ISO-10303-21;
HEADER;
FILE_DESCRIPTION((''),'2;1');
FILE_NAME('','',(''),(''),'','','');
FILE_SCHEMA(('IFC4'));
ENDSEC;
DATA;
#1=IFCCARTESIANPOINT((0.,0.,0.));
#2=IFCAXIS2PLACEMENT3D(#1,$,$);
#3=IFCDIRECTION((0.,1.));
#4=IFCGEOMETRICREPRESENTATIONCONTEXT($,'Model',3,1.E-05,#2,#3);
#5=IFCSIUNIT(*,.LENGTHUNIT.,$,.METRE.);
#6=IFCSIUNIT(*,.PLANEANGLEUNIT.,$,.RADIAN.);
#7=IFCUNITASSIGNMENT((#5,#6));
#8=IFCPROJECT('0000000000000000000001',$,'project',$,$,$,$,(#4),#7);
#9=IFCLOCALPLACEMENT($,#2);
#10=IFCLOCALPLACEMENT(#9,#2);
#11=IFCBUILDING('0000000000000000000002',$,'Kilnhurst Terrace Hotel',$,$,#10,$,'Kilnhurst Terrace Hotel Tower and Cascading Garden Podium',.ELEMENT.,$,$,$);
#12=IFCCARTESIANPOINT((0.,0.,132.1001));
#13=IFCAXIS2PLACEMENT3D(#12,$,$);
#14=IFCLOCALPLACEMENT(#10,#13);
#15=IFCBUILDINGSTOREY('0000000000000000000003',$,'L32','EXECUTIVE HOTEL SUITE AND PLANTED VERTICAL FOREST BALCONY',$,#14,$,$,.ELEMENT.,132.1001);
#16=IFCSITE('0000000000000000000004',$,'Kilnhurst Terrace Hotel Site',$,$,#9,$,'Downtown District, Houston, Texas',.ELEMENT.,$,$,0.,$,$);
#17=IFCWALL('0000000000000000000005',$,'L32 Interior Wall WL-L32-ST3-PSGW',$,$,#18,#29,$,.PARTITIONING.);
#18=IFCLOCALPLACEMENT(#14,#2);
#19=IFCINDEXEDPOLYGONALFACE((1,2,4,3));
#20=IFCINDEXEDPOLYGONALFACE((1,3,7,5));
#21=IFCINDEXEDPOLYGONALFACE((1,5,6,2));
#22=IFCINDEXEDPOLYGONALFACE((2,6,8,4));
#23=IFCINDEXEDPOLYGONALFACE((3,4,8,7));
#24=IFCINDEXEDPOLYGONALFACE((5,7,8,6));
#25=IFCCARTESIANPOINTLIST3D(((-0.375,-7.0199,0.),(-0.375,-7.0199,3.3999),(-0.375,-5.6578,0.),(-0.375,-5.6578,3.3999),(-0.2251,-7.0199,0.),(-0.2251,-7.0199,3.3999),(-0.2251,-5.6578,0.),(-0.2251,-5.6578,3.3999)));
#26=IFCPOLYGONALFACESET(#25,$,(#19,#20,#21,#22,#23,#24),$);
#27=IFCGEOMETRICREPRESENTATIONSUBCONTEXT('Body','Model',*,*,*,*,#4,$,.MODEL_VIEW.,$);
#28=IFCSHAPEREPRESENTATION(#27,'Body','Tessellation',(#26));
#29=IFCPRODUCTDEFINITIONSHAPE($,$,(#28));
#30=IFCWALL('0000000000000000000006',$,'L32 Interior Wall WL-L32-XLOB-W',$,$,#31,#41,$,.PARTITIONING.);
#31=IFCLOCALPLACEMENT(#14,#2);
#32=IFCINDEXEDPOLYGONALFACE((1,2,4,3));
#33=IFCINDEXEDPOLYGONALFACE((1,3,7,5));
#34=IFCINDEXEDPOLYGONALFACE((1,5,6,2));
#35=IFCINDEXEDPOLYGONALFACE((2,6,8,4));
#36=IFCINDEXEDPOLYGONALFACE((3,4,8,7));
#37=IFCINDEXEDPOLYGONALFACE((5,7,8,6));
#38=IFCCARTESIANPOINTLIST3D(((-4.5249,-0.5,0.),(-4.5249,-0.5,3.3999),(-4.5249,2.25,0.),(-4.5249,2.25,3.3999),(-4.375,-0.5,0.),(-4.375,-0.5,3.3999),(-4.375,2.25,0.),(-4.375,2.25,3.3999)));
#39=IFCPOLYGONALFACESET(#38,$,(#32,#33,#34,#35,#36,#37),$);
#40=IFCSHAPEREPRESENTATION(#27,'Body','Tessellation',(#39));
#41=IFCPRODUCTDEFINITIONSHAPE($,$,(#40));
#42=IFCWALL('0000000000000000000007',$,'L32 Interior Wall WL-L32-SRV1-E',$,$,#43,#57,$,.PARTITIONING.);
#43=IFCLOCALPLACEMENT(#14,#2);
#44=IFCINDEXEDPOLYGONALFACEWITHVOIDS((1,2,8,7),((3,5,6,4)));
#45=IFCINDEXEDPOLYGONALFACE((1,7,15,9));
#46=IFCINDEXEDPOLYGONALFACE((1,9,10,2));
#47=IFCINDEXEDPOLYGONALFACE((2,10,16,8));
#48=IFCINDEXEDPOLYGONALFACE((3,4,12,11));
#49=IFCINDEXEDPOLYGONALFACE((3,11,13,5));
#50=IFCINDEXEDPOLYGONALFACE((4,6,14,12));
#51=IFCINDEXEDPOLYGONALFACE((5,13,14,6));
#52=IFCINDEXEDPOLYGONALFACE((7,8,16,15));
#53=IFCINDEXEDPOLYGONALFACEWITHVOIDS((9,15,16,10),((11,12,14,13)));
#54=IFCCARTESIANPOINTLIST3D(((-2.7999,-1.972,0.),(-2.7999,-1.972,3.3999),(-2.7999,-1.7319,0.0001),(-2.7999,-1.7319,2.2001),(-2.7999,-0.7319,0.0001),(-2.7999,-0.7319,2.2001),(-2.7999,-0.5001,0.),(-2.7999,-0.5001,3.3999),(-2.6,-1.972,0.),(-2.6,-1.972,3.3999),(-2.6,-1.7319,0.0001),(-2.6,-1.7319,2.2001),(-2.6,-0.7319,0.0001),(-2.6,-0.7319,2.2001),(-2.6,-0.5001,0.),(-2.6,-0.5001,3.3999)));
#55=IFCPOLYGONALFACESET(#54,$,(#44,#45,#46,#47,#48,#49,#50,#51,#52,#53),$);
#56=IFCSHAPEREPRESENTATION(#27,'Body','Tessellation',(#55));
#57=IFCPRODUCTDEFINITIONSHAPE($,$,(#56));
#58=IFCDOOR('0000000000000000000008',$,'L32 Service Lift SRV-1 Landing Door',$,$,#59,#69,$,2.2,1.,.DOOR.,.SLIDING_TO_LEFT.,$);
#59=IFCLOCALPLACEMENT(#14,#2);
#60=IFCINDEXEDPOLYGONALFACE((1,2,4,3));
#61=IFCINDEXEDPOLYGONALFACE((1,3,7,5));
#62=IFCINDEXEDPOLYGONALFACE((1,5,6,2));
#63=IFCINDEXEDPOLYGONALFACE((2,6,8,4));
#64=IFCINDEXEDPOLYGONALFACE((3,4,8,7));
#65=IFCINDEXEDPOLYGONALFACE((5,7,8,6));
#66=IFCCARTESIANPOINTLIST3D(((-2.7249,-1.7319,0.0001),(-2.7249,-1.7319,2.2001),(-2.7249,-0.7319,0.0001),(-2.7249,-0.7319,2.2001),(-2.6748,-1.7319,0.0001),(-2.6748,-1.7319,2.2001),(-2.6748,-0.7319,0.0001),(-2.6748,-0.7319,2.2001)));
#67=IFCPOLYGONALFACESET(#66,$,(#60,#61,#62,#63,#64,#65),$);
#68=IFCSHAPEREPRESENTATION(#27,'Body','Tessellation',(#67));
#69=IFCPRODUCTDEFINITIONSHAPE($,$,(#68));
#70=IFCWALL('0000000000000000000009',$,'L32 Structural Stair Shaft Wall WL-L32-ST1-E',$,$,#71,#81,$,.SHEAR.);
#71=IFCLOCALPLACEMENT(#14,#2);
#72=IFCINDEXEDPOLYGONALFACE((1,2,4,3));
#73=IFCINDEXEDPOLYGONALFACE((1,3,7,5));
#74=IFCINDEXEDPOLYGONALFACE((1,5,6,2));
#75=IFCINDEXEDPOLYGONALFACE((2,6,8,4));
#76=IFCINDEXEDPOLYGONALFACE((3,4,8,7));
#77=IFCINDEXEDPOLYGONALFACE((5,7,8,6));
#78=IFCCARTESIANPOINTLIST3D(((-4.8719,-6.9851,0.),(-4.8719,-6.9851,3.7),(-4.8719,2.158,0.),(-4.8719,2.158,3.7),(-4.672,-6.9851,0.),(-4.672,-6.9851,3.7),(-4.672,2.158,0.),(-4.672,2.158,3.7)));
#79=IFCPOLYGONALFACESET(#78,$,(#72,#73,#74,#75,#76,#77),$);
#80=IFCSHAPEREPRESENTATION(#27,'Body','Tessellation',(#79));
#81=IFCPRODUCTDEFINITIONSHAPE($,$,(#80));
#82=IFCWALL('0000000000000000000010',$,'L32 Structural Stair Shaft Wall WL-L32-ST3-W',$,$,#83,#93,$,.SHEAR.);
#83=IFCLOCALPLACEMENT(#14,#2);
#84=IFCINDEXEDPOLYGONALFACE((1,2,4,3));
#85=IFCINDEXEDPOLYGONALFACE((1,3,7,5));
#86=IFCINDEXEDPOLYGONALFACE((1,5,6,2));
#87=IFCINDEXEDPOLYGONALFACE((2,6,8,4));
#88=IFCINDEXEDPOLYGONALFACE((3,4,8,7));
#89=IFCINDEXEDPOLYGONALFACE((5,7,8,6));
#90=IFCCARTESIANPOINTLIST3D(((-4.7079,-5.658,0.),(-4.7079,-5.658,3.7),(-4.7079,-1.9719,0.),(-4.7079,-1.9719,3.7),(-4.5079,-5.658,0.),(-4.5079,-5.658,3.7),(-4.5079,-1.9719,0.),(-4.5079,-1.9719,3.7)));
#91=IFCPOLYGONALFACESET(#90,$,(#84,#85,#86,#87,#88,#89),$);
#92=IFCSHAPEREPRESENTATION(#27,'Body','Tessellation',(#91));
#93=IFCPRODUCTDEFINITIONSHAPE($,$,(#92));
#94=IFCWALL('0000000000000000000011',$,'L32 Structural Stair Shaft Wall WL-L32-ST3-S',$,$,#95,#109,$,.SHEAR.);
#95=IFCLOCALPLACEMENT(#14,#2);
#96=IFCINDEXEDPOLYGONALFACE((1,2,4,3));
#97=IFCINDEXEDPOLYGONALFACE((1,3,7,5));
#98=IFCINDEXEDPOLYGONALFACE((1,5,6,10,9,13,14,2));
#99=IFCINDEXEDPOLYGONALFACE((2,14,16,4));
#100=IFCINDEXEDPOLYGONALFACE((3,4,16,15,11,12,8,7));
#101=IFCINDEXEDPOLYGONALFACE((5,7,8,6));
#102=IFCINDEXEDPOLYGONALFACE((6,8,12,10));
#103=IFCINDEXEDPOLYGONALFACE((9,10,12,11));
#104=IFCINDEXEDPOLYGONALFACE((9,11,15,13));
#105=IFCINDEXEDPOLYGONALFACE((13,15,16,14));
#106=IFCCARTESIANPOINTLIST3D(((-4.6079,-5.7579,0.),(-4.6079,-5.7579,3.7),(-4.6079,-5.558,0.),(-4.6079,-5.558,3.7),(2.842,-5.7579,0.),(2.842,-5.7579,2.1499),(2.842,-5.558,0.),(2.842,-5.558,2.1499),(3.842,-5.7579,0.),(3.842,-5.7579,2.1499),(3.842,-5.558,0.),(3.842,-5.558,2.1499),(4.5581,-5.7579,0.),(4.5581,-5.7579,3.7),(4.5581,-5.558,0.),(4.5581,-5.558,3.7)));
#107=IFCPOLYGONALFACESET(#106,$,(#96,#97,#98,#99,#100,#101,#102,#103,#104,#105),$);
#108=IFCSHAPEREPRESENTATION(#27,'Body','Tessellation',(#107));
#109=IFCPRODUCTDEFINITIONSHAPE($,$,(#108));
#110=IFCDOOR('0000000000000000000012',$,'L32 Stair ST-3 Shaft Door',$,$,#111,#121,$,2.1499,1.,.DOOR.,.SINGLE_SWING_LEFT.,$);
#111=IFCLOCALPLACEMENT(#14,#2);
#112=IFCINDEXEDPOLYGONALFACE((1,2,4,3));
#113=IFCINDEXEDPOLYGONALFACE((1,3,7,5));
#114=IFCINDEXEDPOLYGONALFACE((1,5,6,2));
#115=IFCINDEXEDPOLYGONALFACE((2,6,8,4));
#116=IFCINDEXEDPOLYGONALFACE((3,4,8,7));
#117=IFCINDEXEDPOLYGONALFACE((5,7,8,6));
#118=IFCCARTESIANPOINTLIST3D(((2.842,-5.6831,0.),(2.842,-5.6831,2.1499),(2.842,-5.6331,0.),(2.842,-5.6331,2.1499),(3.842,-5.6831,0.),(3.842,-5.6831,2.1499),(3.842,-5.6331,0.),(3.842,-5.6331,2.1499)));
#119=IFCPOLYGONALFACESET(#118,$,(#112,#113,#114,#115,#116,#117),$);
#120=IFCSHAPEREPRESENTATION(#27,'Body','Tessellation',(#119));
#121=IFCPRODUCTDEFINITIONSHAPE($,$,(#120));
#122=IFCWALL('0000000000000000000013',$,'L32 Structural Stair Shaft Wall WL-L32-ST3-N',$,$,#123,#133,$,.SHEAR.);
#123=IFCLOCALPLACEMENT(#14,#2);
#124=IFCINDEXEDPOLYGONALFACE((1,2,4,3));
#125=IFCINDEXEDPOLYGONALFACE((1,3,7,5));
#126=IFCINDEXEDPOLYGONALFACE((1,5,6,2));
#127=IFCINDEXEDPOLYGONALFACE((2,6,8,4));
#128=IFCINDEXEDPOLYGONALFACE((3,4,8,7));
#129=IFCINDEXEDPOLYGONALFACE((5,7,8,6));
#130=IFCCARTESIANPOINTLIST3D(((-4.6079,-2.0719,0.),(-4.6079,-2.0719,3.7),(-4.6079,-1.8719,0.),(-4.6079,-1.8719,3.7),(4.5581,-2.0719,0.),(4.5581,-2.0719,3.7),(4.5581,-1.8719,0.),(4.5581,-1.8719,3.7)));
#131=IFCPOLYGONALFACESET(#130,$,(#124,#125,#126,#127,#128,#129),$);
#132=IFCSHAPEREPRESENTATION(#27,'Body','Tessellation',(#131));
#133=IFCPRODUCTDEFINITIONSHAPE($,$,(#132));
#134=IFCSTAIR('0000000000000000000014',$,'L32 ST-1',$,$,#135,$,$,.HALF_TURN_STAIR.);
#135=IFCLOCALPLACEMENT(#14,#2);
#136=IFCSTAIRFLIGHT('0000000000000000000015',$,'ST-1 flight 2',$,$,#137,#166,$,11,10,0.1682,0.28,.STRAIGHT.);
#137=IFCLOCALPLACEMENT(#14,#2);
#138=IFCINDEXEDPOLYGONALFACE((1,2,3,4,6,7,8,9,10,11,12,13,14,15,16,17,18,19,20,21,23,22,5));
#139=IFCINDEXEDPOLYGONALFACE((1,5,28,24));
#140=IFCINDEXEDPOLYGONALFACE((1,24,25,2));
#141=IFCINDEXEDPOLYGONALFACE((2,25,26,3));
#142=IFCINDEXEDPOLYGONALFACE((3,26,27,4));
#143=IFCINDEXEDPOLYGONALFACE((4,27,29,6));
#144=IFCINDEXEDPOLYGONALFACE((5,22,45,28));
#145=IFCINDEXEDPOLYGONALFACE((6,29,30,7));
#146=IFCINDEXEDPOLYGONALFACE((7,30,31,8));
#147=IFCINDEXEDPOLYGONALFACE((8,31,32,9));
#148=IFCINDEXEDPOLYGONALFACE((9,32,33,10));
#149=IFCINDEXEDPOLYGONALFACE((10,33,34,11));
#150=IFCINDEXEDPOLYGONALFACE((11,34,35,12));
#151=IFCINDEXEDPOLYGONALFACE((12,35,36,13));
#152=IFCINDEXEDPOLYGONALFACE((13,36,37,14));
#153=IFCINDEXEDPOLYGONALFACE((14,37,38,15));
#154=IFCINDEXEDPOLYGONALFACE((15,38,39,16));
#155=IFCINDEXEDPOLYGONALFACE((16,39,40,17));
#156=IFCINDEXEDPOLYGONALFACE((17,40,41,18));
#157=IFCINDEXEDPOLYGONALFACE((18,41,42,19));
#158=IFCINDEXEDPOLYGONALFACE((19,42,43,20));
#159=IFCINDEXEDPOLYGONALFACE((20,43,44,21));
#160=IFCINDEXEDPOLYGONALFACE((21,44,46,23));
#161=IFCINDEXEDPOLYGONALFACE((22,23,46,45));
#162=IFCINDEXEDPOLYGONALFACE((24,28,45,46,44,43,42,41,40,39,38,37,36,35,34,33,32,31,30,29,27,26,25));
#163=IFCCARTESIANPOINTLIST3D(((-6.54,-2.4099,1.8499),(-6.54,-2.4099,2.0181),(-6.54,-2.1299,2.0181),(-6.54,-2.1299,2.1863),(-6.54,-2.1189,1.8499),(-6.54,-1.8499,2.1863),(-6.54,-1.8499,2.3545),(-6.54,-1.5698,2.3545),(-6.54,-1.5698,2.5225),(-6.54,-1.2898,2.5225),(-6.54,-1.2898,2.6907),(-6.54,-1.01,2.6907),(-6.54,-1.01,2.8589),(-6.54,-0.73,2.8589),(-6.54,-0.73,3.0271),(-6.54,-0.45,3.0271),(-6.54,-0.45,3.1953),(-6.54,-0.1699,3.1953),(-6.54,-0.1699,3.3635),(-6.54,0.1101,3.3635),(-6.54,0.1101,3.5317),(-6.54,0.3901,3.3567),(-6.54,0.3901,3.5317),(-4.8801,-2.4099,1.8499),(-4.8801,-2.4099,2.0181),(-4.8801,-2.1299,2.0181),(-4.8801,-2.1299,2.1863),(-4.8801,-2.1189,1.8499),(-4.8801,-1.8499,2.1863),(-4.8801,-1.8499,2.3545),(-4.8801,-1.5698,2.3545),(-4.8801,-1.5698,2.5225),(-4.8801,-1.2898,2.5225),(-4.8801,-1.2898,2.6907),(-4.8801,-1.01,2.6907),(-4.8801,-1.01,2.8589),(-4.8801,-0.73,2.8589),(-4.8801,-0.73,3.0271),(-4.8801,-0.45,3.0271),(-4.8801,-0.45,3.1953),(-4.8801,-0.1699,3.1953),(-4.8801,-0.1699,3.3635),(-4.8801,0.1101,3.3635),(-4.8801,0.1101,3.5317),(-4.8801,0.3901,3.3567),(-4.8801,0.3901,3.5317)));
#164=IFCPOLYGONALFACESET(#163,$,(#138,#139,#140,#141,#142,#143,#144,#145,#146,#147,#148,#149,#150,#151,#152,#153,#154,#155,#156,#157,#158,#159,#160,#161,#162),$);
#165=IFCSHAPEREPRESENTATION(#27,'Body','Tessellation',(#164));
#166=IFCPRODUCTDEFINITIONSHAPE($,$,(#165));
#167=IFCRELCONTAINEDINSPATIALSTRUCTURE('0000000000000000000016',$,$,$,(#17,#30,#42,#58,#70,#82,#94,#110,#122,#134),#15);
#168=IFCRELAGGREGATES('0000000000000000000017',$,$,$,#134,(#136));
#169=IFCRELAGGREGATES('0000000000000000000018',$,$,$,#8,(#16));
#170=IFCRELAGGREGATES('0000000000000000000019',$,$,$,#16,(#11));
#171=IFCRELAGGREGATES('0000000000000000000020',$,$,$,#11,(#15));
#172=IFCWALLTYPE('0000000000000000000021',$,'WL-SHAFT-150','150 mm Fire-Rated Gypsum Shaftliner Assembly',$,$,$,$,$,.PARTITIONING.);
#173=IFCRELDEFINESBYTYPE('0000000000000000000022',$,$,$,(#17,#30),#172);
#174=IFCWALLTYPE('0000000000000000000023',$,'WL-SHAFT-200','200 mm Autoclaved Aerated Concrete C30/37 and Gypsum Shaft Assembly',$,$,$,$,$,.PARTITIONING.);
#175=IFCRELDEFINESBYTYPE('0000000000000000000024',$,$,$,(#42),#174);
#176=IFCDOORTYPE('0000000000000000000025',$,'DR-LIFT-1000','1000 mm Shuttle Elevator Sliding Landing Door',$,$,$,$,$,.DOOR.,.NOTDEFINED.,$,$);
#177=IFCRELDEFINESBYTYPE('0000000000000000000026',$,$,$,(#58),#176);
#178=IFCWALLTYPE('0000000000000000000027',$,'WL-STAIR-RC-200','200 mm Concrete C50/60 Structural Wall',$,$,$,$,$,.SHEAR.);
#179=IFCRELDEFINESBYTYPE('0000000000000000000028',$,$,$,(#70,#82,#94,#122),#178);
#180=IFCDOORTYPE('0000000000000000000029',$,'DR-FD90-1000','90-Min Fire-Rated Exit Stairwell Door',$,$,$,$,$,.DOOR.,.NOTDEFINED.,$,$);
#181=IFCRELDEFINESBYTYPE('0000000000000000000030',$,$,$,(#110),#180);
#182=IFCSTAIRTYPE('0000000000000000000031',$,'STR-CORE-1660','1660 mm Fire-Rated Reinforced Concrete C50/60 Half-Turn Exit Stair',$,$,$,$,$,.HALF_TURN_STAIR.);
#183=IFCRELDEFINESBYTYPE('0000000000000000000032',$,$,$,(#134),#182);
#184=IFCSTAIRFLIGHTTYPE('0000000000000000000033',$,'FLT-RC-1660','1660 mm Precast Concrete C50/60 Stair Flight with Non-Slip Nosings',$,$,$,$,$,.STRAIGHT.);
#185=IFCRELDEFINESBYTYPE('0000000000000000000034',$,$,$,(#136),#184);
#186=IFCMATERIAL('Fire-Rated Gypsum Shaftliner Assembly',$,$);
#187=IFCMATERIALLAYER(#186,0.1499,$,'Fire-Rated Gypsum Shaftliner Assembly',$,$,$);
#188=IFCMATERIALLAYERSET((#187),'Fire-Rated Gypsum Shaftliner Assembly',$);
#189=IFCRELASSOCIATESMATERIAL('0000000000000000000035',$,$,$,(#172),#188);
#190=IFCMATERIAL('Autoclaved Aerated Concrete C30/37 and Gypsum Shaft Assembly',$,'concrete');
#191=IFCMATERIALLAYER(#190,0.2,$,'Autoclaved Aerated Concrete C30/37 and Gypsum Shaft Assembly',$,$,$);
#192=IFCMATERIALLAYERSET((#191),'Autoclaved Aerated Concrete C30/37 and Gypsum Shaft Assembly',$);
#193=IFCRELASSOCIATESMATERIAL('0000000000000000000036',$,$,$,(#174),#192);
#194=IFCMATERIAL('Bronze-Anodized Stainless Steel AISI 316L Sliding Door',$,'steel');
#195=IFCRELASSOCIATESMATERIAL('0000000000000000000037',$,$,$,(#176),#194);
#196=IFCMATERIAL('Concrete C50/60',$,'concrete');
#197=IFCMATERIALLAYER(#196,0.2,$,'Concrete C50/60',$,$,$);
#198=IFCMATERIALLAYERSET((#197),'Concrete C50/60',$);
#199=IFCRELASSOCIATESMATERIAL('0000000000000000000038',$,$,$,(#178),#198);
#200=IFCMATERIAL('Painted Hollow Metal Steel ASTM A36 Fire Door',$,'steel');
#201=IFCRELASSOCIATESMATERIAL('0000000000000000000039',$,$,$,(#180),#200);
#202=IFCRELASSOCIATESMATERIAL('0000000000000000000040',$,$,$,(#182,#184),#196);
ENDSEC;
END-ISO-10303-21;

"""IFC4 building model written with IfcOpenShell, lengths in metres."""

from ifc_helpers import new_model, si_unit, direction, frame, frame_2d, origin, place, context, subcontext, project, spatial, polyline, rectangle, outline, extrude, material, layer, layer_set, type_object, element, fill, aggregate, save


model = new_model("IFC4")

# Units and contexts
model_context = context("Model", 3, precision=1e-05, world=origin(), true_north=direction((0.0, 1.0)))
body_context = subcontext(model_context, "Body", "Model", "MODEL_VIEW")
ifc_project = project(units=[si_unit("LENGTHUNIT", "METRE"), si_unit("PLANEANGLEUNIT", "RADIAN")], contexts=[model_context])

# Site, building, storey
site_placement = place(None, origin())
site = spatial("IfcSite", under=ifc_project, at=site_placement, Name="Kilnhurst Terrace Hotel Site", LongName="Downtown District, Houston, Texas", CompositionType="ELEMENT", RefElevation=0.0)
building_placement = place(site_placement, origin())
building = spatial("IfcBuilding", under=site, at=building_placement, Name="Kilnhurst Terrace Hotel", LongName="Kilnhurst Terrace Hotel Tower and Cascading Garden Podium", CompositionType="ELEMENT")
storey_placement = place(building_placement, frame((0.0, 0.0, 132.1001)))
storey = spatial("IfcBuildingStorey", under=building, at=storey_placement, Name="L32", Description="EXECUTIVE HOTEL SUITE AND PLANTED VERTICAL FOREST BALCONY", CompositionType="ELEMENT", Elevation=132.1001)

# Walls
ifc_material_1 = material(Name="Fire-Rated Gypsum Shaftliner Assembly")
ifc_layer_1 = layer(ifc_material_1, 0.1499, Name="Fire-Rated Gypsum Shaftliner Assembly")
ifc_layer_set_1 = layer_set([ifc_layer_1], Name="Fire-Rated Gypsum Shaftliner Assembly")
wall_type_1 = type_object("IfcWallType", Name="WL-SHAFT-150", Description="150 mm Fire-Rated Gypsum Shaftliner Assembly", PredefinedType="PARTITIONING", material=ifc_layer_set_1)
wall_1_placement = place(storey_placement, frame((-0.3, -7.02, 0.0), z_axis=(0.0, 0.0, 1.0), x_axis=(0.0, 1.0, 0.0)))
element("IfcWall", 1, at=wall_1_placement, inside=storey, type_object=wall_type_1, Name="L32 Interior Wall WL-L32-ST3-PSGW", PredefinedType="PARTITIONING", context=body_context, shape_type="SweptSolid", body=[
    extrude(rectangle(XDim=1.3621, YDim=0.1499, at=frame_2d((0.6812, 0.0))), origin(), (0.0, 0.0, 1.0), 3.3999),
])
wall_2_placement = place(storey_placement, frame((-4.45, -0.5, 0.0), z_axis=(0.0, 0.0, 1.0), x_axis=(0.0, 1.0, 0.0)))
element("IfcWall", 2, at=wall_2_placement, inside=storey, type_object=wall_type_1, Name="L32 Interior Wall WL-L32-XLOB-W", PredefinedType="PARTITIONING", context=body_context, shape_type="SweptSolid", body=[
    extrude(rectangle(XDim=2.75, YDim=0.1499, at=frame_2d((1.375, 0.0))), origin(), (0.0, 0.0, 1.0), 3.3999),
])

# Wall, opening, door
ifc_material_2 = material(Name="Autoclaved Aerated Concrete C30/37 and Gypsum Shaft Assembly", Category="concrete")
ifc_layer_2 = layer(ifc_material_2, 0.2, Name="Autoclaved Aerated Concrete C30/37 and Gypsum Shaft Assembly")
ifc_layer_set_2 = layer_set([ifc_layer_2], Name="Autoclaved Aerated Concrete C30/37 and Gypsum Shaft Assembly")
wall_type_2 = type_object("IfcWallType", Name="WL-SHAFT-200", Description="200 mm Autoclaved Aerated Concrete C30/37 and Gypsum Shaft Assembly", PredefinedType="PARTITIONING", material=ifc_layer_set_2)
wall_3_placement = place(storey_placement, frame((-2.7, -1.9719, 0.0), z_axis=(0.0, 0.0, 1.0), x_axis=(0.0, 1.0, 0.0)))
wall_3 = element("IfcWall", 3, at=wall_3_placement, inside=storey, type_object=wall_type_2, Name="L32 Interior Wall WL-L32-SRV1-E", PredefinedType="PARTITIONING", context=body_context, shape_type="SweptSolid", body=[
    extrude(rectangle(XDim=1.4719, YDim=0.2, at=frame_2d((0.7358, 0.0))), origin(), (0.0, 0.0, 1.0), 3.3999),
])
opening_1_placement = place(wall_3_placement, frame((0.24, 0.0, 0.0)))
opening_1 = element("IfcOpeningElement", 4, at=opening_1_placement, cuts=wall_3, PredefinedType="OPENING", context=body_context, shape_type="SweptSolid", body=[
    extrude(rectangle(XDim=1.0, YDim=2.2, at=frame_2d((0.5, 1.1001))), frame((0.0, 0.1099, 0.0), z_axis=(0.0, -1.0, 0.0), x_axis=(1.0, 0.0, 0.0)), (0.0, 0.0, 1.0), 0.22),
])
ifc_material_3 = material(Name="Bronze-Anodized Stainless Steel AISI 316L Sliding Door", Category="steel")
door_type_1 = type_object("IfcDoorType", Name="DR-LIFT-1000", Description="1000 mm Shuttle Elevator Sliding Landing Door", OperationType="NOTDEFINED", PredefinedType="DOOR", material=ifc_material_3)
door_1_placement = place(opening_1_placement, origin())
door_1 = element("IfcDoor", 5, at=door_1_placement, inside=storey, type_object=door_type_1, Name="L32 Service Lift SRV-1 Landing Door", OperationType="SLIDING_TO_LEFT", OverallHeight=2.2, OverallWidth=1.0, PredefinedType="DOOR", context=body_context, shape_type="SweptSolid", body=[
    extrude(rectangle(XDim=1.0, YDim=2.2, at=frame_2d((0.5, 1.1001))), frame((0.0, 0.0249, 0.0), z_axis=(0.0, -1.0, 0.0), x_axis=(1.0, 0.0, 0.0)), (0.0, 0.0, 1.0), 0.05),
])
fill(opening_1, door_1)

# Walls
ifc_material_4 = material(Name="Concrete C50/60", Category="concrete")
ifc_layer_3 = layer(ifc_material_4, 0.2, Name="Concrete C50/60")
ifc_layer_set_3 = layer_set([ifc_layer_3], Name="Concrete C50/60")
wall_type_3 = type_object("IfcWallType", Name="WL-STAIR-RC-200", Description="200 mm Concrete C50/60 Structural Wall", PredefinedType="SHEAR", material=ifc_layer_set_3)
wall_4_placement = place(storey_placement, frame((-4.772, -6.9851, 0.0), z_axis=(0.0, 0.0, 1.0), x_axis=(0.0, 1.0, 0.0)))
element("IfcWall", 6, at=wall_4_placement, inside=storey, type_object=wall_type_3, Name="L32 Structural Stair Shaft Wall WL-L32-ST1-E", PredefinedType="SHEAR", context=body_context, shape_type="SweptSolid", body=[
    extrude(rectangle(XDim=9.1431, YDim=0.2, at=frame_2d((4.5715, 0.0))), origin(), (0.0, 0.0, 1.0), 3.7),
])
wall_5_placement = place(storey_placement, frame((-4.6079, -5.658, 0.0), z_axis=(0.0, 0.0, 1.0), x_axis=(0.0, 1.0, 0.0)))
element("IfcWall", 7, at=wall_5_placement, inside=storey, type_object=wall_type_3, Name="L32 Structural Stair Shaft Wall WL-L32-ST3-W", PredefinedType="SHEAR", context=body_context, shape_type="SweptSolid", body=[
    extrude(rectangle(XDim=3.686, YDim=0.2, at=frame_2d((1.843, 0.0))), origin(), (0.0, 0.0, 1.0), 3.7),
])

# Wall, opening, door
wall_6_placement = place(storey_placement, frame((-4.6079, -5.658, 0.0), z_axis=(0.0, 0.0, 1.0), x_axis=(1.0, 0.0, 0.0)))
wall_6 = element("IfcWall", 8, at=wall_6_placement, inside=storey, type_object=wall_type_3, Name="L32 Structural Stair Shaft Wall WL-L32-ST3-S", PredefinedType="SHEAR", context=body_context, shape_type="SweptSolid", body=[
    extrude(rectangle(XDim=9.166, YDim=0.2, at=frame_2d((4.583, 0.0))), origin(), (0.0, 0.0, 1.0), 3.7),
])
opening_2_placement = place(wall_6_placement, frame((7.45, 0.0, 0.0)))
opening_2 = element("IfcOpeningElement", 9, at=opening_2_placement, cuts=wall_6, PredefinedType="OPENING", context=body_context, shape_type="SweptSolid", body=[
    extrude(rectangle(XDim=1.0, YDim=2.1499, at=frame_2d((0.5, 1.075))), frame((0.0, 0.1099, 0.0), z_axis=(0.0, -1.0, 0.0), x_axis=(1.0, 0.0, 0.0)), (0.0, 0.0, 1.0), 0.22),
])
ifc_material_5 = material(Name="Painted Hollow Metal Steel ASTM A36 Fire Door", Category="steel")
door_type_2 = type_object("IfcDoorType", Name="DR-FD90-1000", Description="90-Min Fire-Rated Exit Stairwell Door", OperationType="NOTDEFINED", PredefinedType="DOOR", material=ifc_material_5)
door_2_placement = place(opening_2_placement, origin())
door_2 = element("IfcDoor", 10, at=door_2_placement, inside=storey, type_object=door_type_2, Name="L32 Stair ST-3 Shaft Door", OperationType="SINGLE_SWING_LEFT", OverallHeight=2.1499, OverallWidth=1.0, PredefinedType="DOOR", context=body_context, shape_type="SweptSolid", body=[
    extrude(rectangle(XDim=1.0, YDim=2.1499, at=frame_2d((0.5, 1.075))), frame((0.0, 0.0249, 0.0), z_axis=(0.0, -1.0, 0.0), x_axis=(1.0, 0.0, 0.0)), (0.0, 0.0, 1.0), 0.05),
])
fill(opening_2, door_2)

# Wall
wall_7_placement = place(storey_placement, frame((-4.6079, -1.9719, 0.0), z_axis=(0.0, 0.0, 1.0), x_axis=(1.0, 0.0, 0.0)))
element("IfcWall", 11, at=wall_7_placement, inside=storey, type_object=wall_type_3, Name="L32 Structural Stair Shaft Wall WL-L32-ST3-N", PredefinedType="SHEAR", context=body_context, shape_type="SweptSolid", body=[
    extrude(rectangle(XDim=9.166, YDim=0.2, at=frame_2d((4.583, 0.0))), origin(), (0.0, 0.0, 1.0), 3.7),
])

# Stair, stair flight
stair_type = type_object("IfcStairType", Name="STR-CORE-1660", Description="1660 mm Fire-Rated Reinforced Concrete C50/60 Half-Turn Exit Stair", PredefinedType="HALF_TURN_STAIR", material=ifc_material_4)
stair_1_placement = place(storey_placement, origin())
stair_1 = element("IfcStair", 12, at=stair_1_placement, inside=storey, type_object=stair_type, Name="L32 ST-1", PredefinedType="HALF_TURN_STAIR")
stair_flight_type = type_object("IfcStairFlightType", Name="FLT-RC-1660", Description="1660 mm Precast Concrete C50/60 Stair Flight with Non-Slip Nosings", PredefinedType="STRAIGHT", material=ifc_material_4)
stair_flight_1_placement = place(storey_placement, frame((-5.71, -2.4099, 1.8499), z_axis=(0.0, 0.0, 1.0), x_axis=(0.0, 1.0, 0.0)))
stair_flight_1 = element("IfcStairFlight", 13, at=stair_flight_1_placement, type_object=stair_flight_type, Name="ST-1 flight 2", NumberOfRisers=11, NumberOfTreads=10, PredefinedType="STRAIGHT", RiserHeight=0.1682, TreadLength=0.28, context=body_context, shape_type="SweptSolid", body=[
    extrude(outline(polyline([(0.0, 0.0), (0.0, 0.1682), (0.28, 0.1682), (0.28, 0.3364), (0.5601, 0.3364), (0.5601, 0.5046), (0.8401, 0.5046), (0.8401, 0.6726), (1.1201, 0.6726), (1.1201, 0.8408), (1.3999, 0.8408), (1.3999, 1.009), (1.6799, 1.009), (1.6799, 1.1772), (1.96, 1.1772), (1.96, 1.3455), (2.24, 1.3455), (2.24, 1.5137), (2.52, 1.5137), (2.52, 1.6819), (2.8, 1.6819), (2.8, 1.8501), (2.8, 1.5068), (0.291, 0.0), (0.0, 0.0)])), frame((0.0, 0.8301, 0.0), z_axis=(0.0, -1.0, 0.0), x_axis=(1.0, 0.0, 0.0)), (0.0, 0.0, 1.0), 1.6599),
])
aggregate(stair_1, [stair_flight_1])

save(model, "model.ifc")
